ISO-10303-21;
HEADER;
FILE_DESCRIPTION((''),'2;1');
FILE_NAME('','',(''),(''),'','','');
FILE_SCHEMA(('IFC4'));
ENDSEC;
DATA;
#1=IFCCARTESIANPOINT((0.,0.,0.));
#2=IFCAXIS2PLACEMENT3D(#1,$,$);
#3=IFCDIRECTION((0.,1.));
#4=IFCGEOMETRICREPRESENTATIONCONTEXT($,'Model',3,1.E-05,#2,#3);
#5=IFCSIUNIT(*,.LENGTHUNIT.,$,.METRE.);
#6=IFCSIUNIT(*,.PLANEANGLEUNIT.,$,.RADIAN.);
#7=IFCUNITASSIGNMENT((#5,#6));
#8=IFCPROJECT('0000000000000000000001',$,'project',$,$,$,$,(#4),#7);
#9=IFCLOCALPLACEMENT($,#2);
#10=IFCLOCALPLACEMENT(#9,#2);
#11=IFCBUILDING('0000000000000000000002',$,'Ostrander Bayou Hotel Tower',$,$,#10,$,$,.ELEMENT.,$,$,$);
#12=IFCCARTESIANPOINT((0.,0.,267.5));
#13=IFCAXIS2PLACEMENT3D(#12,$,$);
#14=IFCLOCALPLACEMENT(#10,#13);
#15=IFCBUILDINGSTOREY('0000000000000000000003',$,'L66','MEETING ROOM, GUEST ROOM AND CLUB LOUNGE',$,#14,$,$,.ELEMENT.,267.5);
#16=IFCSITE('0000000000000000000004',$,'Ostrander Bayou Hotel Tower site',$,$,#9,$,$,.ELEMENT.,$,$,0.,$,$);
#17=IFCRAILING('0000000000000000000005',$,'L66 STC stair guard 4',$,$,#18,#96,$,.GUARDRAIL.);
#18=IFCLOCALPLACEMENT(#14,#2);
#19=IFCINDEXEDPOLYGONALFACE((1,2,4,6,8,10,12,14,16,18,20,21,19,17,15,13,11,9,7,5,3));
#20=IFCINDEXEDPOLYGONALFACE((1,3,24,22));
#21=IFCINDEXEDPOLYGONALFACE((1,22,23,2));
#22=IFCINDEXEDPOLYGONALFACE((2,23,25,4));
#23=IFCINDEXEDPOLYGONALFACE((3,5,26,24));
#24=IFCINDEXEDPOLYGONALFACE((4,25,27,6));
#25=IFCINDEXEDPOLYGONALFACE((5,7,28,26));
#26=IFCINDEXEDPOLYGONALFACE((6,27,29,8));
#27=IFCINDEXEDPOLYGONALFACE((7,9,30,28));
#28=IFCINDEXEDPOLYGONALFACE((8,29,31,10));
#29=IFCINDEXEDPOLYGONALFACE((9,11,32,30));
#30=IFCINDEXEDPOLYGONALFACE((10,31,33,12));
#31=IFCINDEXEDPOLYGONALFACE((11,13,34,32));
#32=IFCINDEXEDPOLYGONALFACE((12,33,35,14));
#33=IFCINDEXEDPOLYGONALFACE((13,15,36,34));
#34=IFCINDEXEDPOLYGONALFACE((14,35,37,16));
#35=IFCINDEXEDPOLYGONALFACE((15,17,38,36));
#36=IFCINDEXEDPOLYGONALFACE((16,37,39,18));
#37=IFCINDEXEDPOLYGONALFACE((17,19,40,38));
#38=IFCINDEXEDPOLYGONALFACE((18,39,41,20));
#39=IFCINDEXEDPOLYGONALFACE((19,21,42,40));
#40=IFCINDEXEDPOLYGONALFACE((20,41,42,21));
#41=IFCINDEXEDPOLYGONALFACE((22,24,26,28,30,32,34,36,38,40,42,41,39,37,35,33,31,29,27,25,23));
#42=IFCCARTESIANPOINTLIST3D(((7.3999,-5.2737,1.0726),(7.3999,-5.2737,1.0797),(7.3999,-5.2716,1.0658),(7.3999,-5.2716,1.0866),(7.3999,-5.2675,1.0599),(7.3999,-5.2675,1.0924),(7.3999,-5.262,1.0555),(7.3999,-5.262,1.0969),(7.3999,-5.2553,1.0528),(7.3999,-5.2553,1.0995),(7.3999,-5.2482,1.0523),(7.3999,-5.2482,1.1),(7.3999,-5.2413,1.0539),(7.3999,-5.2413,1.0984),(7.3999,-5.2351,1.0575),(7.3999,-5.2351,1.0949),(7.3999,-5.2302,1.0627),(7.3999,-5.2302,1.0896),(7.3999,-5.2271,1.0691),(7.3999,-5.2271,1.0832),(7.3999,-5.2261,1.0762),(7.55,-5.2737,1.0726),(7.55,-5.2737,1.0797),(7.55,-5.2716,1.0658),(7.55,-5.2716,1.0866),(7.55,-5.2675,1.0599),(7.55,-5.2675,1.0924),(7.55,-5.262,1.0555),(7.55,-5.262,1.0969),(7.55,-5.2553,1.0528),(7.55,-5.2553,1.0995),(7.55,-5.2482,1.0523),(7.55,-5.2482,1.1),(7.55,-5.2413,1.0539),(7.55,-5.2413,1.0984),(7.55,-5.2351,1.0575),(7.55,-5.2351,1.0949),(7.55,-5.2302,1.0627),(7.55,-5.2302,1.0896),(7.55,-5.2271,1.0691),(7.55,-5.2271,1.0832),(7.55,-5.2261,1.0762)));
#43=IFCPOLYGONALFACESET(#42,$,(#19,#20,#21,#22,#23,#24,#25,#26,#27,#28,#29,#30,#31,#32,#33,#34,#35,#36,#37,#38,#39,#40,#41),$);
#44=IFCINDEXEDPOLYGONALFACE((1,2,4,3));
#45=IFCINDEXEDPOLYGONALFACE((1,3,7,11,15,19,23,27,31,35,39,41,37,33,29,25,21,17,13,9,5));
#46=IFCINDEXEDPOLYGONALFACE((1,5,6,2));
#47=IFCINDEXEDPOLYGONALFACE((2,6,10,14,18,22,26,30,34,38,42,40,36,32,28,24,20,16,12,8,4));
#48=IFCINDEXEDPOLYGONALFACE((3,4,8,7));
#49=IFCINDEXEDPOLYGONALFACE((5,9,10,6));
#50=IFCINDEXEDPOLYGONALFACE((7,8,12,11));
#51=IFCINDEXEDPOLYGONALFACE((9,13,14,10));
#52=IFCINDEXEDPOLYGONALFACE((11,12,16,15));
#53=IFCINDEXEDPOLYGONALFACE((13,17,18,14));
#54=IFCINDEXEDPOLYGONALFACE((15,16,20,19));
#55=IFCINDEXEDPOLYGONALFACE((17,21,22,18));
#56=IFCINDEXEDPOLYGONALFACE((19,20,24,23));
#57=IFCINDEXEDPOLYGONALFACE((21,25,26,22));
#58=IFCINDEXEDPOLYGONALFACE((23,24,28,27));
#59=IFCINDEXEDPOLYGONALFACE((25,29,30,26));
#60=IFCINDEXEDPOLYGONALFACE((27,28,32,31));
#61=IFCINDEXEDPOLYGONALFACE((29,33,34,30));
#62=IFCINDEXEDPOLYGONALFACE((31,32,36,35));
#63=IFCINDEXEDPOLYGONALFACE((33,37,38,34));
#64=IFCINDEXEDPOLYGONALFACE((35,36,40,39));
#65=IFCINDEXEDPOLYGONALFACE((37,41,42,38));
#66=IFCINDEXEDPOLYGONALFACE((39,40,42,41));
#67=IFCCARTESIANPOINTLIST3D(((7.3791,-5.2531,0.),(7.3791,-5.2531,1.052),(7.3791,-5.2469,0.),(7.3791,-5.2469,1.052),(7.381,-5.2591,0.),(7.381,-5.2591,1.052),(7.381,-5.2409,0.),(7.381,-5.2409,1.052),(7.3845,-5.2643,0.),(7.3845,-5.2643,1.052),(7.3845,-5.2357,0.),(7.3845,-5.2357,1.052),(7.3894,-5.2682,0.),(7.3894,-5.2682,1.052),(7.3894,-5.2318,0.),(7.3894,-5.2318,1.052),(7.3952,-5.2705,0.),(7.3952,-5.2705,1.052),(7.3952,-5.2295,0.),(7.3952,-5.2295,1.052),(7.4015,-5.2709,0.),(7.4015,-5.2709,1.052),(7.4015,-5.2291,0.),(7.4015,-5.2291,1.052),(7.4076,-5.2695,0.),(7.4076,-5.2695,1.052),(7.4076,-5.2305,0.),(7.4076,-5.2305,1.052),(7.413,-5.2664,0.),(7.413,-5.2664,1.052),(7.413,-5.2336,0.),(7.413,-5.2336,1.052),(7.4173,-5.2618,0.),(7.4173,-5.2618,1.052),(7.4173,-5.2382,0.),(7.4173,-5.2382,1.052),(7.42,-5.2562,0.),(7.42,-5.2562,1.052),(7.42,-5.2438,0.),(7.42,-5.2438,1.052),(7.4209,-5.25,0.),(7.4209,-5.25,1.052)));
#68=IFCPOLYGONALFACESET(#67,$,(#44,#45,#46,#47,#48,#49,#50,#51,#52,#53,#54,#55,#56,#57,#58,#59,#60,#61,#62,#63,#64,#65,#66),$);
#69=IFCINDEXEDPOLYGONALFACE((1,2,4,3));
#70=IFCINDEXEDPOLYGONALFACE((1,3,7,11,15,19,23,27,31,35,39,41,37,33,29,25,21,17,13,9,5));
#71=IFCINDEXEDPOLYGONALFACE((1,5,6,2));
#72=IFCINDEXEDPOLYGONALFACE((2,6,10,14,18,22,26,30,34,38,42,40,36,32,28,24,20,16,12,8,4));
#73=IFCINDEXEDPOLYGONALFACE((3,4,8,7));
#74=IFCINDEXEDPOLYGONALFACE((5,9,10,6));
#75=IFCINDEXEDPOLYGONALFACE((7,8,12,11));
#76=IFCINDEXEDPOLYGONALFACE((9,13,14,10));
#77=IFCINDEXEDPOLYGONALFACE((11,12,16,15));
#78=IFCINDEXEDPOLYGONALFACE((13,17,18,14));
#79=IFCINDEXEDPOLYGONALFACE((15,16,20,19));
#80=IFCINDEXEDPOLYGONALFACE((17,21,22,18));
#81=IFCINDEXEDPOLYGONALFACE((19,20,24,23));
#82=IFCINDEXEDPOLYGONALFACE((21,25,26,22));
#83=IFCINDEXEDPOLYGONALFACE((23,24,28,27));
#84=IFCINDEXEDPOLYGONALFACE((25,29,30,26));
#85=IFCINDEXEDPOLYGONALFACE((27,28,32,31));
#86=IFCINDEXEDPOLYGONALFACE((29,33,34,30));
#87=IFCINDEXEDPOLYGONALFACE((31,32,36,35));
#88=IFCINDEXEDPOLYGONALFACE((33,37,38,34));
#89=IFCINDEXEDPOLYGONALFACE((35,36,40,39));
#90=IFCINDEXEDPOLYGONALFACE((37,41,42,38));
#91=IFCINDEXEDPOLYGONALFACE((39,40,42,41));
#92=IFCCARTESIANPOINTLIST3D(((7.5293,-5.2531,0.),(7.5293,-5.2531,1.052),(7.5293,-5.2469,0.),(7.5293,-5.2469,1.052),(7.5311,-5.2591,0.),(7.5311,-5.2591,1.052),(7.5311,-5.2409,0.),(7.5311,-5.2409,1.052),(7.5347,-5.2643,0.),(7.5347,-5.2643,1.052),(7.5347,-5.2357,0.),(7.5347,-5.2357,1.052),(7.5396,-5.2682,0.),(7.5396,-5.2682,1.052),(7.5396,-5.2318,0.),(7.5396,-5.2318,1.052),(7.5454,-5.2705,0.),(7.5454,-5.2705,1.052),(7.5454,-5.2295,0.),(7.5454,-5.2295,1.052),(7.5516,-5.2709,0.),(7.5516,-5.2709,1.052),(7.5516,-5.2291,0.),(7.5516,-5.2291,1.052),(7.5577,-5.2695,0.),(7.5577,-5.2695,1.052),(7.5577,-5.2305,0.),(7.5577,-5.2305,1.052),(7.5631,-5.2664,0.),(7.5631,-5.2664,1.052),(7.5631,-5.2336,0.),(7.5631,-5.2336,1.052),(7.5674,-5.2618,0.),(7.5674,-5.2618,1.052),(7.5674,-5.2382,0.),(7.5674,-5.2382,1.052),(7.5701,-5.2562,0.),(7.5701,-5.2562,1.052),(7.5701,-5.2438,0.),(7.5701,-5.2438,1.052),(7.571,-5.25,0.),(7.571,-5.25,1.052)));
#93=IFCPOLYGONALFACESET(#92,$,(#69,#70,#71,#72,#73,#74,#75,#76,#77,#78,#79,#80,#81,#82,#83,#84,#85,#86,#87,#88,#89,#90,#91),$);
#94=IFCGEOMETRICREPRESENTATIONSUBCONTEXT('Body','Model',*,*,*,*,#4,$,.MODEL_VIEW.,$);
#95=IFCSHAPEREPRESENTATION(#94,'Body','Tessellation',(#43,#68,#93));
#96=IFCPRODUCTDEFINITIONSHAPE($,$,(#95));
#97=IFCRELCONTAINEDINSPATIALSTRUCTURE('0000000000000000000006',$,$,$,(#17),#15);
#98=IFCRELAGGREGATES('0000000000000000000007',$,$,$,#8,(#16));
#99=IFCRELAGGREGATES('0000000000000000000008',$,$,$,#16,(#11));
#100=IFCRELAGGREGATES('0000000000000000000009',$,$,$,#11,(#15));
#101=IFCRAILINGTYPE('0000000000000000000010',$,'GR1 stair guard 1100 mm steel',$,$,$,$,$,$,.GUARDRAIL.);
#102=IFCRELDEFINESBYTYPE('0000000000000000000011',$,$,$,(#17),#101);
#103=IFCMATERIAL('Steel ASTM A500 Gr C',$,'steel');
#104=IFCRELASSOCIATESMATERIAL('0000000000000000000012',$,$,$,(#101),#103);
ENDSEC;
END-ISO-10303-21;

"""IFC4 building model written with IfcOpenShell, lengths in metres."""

from ifc_helpers import new_model, si_unit, direction, frame, origin, origin_2d, place, context, subcontext, project, spatial, circle, extrude, material, type_object, element, save


model = new_model("IFC4")

# Units and contexts
model_context = context("Model", 3, precision=1e-05, world=origin(), true_north=direction((0.0, 1.0)))
body_context = subcontext(model_context, "Body", "Model", "MODEL_VIEW")
ifc_project = project(units=[si_unit("LENGTHUNIT", "METRE"), si_unit("PLANEANGLEUNIT", "RADIAN")], contexts=[model_context])

# Site, building, storey
site_placement = place(None, origin())
site = spatial("IfcSite", under=ifc_project, at=site_placement, Name="Ostrander Bayou Hotel Tower site", CompositionType="ELEMENT", RefElevation=0.0)
building_placement = place(site_placement, origin())
building = spatial("IfcBuilding", under=site, at=building_placement, Name="Ostrander Bayou Hotel Tower", CompositionType="ELEMENT")
storey_placement = place(building_placement, frame((0.0, 0.0, 267.5)))
storey = spatial("IfcBuildingStorey", under=building, at=storey_placement, Name="L66", Description="MEETING ROOM, GUEST ROOM AND CLUB LOUNGE", CompositionType="ELEMENT", Elevation=267.5)

# Railing
ifc_material_1 = material(Name="Steel ASTM A500 Gr C", Category="steel")
railing_type_1 = type_object("IfcRailingType", Name="GR1 stair guard 1100 mm steel", PredefinedType="GUARDRAIL", material=ifc_material_1)
railing_1_placement = place(storey_placement, frame((7.3999, -5.25, 0.0)))
element("IfcRailing", 1, at=railing_1_placement, inside=storey, type_object=railing_type_1, Name="L66 STC stair guard 4", PredefinedType="GUARDRAIL", context=body_context, shape_type="SweptSolid", body=[
    extrude(circle(Radius=0.0239, at=origin_2d()), frame((0.0, 0.0, 1.0762), z_axis=(1.0, 0.0, 0.0), x_axis=(0.0, 1.0, 0.0)), (0.0, 0.0, 1.0), 0.1501),
    extrude(circle(Radius=0.021, at=origin_2d()), origin(), (0.0, 0.0, 1.0), 1.052),
    extrude(circle(Radius=0.021, at=origin_2d()), frame((0.1501, 0.0, 0.0)), (0.0, 0.0, 1.0), 1.052),
])

save(model, "model.ifc")
